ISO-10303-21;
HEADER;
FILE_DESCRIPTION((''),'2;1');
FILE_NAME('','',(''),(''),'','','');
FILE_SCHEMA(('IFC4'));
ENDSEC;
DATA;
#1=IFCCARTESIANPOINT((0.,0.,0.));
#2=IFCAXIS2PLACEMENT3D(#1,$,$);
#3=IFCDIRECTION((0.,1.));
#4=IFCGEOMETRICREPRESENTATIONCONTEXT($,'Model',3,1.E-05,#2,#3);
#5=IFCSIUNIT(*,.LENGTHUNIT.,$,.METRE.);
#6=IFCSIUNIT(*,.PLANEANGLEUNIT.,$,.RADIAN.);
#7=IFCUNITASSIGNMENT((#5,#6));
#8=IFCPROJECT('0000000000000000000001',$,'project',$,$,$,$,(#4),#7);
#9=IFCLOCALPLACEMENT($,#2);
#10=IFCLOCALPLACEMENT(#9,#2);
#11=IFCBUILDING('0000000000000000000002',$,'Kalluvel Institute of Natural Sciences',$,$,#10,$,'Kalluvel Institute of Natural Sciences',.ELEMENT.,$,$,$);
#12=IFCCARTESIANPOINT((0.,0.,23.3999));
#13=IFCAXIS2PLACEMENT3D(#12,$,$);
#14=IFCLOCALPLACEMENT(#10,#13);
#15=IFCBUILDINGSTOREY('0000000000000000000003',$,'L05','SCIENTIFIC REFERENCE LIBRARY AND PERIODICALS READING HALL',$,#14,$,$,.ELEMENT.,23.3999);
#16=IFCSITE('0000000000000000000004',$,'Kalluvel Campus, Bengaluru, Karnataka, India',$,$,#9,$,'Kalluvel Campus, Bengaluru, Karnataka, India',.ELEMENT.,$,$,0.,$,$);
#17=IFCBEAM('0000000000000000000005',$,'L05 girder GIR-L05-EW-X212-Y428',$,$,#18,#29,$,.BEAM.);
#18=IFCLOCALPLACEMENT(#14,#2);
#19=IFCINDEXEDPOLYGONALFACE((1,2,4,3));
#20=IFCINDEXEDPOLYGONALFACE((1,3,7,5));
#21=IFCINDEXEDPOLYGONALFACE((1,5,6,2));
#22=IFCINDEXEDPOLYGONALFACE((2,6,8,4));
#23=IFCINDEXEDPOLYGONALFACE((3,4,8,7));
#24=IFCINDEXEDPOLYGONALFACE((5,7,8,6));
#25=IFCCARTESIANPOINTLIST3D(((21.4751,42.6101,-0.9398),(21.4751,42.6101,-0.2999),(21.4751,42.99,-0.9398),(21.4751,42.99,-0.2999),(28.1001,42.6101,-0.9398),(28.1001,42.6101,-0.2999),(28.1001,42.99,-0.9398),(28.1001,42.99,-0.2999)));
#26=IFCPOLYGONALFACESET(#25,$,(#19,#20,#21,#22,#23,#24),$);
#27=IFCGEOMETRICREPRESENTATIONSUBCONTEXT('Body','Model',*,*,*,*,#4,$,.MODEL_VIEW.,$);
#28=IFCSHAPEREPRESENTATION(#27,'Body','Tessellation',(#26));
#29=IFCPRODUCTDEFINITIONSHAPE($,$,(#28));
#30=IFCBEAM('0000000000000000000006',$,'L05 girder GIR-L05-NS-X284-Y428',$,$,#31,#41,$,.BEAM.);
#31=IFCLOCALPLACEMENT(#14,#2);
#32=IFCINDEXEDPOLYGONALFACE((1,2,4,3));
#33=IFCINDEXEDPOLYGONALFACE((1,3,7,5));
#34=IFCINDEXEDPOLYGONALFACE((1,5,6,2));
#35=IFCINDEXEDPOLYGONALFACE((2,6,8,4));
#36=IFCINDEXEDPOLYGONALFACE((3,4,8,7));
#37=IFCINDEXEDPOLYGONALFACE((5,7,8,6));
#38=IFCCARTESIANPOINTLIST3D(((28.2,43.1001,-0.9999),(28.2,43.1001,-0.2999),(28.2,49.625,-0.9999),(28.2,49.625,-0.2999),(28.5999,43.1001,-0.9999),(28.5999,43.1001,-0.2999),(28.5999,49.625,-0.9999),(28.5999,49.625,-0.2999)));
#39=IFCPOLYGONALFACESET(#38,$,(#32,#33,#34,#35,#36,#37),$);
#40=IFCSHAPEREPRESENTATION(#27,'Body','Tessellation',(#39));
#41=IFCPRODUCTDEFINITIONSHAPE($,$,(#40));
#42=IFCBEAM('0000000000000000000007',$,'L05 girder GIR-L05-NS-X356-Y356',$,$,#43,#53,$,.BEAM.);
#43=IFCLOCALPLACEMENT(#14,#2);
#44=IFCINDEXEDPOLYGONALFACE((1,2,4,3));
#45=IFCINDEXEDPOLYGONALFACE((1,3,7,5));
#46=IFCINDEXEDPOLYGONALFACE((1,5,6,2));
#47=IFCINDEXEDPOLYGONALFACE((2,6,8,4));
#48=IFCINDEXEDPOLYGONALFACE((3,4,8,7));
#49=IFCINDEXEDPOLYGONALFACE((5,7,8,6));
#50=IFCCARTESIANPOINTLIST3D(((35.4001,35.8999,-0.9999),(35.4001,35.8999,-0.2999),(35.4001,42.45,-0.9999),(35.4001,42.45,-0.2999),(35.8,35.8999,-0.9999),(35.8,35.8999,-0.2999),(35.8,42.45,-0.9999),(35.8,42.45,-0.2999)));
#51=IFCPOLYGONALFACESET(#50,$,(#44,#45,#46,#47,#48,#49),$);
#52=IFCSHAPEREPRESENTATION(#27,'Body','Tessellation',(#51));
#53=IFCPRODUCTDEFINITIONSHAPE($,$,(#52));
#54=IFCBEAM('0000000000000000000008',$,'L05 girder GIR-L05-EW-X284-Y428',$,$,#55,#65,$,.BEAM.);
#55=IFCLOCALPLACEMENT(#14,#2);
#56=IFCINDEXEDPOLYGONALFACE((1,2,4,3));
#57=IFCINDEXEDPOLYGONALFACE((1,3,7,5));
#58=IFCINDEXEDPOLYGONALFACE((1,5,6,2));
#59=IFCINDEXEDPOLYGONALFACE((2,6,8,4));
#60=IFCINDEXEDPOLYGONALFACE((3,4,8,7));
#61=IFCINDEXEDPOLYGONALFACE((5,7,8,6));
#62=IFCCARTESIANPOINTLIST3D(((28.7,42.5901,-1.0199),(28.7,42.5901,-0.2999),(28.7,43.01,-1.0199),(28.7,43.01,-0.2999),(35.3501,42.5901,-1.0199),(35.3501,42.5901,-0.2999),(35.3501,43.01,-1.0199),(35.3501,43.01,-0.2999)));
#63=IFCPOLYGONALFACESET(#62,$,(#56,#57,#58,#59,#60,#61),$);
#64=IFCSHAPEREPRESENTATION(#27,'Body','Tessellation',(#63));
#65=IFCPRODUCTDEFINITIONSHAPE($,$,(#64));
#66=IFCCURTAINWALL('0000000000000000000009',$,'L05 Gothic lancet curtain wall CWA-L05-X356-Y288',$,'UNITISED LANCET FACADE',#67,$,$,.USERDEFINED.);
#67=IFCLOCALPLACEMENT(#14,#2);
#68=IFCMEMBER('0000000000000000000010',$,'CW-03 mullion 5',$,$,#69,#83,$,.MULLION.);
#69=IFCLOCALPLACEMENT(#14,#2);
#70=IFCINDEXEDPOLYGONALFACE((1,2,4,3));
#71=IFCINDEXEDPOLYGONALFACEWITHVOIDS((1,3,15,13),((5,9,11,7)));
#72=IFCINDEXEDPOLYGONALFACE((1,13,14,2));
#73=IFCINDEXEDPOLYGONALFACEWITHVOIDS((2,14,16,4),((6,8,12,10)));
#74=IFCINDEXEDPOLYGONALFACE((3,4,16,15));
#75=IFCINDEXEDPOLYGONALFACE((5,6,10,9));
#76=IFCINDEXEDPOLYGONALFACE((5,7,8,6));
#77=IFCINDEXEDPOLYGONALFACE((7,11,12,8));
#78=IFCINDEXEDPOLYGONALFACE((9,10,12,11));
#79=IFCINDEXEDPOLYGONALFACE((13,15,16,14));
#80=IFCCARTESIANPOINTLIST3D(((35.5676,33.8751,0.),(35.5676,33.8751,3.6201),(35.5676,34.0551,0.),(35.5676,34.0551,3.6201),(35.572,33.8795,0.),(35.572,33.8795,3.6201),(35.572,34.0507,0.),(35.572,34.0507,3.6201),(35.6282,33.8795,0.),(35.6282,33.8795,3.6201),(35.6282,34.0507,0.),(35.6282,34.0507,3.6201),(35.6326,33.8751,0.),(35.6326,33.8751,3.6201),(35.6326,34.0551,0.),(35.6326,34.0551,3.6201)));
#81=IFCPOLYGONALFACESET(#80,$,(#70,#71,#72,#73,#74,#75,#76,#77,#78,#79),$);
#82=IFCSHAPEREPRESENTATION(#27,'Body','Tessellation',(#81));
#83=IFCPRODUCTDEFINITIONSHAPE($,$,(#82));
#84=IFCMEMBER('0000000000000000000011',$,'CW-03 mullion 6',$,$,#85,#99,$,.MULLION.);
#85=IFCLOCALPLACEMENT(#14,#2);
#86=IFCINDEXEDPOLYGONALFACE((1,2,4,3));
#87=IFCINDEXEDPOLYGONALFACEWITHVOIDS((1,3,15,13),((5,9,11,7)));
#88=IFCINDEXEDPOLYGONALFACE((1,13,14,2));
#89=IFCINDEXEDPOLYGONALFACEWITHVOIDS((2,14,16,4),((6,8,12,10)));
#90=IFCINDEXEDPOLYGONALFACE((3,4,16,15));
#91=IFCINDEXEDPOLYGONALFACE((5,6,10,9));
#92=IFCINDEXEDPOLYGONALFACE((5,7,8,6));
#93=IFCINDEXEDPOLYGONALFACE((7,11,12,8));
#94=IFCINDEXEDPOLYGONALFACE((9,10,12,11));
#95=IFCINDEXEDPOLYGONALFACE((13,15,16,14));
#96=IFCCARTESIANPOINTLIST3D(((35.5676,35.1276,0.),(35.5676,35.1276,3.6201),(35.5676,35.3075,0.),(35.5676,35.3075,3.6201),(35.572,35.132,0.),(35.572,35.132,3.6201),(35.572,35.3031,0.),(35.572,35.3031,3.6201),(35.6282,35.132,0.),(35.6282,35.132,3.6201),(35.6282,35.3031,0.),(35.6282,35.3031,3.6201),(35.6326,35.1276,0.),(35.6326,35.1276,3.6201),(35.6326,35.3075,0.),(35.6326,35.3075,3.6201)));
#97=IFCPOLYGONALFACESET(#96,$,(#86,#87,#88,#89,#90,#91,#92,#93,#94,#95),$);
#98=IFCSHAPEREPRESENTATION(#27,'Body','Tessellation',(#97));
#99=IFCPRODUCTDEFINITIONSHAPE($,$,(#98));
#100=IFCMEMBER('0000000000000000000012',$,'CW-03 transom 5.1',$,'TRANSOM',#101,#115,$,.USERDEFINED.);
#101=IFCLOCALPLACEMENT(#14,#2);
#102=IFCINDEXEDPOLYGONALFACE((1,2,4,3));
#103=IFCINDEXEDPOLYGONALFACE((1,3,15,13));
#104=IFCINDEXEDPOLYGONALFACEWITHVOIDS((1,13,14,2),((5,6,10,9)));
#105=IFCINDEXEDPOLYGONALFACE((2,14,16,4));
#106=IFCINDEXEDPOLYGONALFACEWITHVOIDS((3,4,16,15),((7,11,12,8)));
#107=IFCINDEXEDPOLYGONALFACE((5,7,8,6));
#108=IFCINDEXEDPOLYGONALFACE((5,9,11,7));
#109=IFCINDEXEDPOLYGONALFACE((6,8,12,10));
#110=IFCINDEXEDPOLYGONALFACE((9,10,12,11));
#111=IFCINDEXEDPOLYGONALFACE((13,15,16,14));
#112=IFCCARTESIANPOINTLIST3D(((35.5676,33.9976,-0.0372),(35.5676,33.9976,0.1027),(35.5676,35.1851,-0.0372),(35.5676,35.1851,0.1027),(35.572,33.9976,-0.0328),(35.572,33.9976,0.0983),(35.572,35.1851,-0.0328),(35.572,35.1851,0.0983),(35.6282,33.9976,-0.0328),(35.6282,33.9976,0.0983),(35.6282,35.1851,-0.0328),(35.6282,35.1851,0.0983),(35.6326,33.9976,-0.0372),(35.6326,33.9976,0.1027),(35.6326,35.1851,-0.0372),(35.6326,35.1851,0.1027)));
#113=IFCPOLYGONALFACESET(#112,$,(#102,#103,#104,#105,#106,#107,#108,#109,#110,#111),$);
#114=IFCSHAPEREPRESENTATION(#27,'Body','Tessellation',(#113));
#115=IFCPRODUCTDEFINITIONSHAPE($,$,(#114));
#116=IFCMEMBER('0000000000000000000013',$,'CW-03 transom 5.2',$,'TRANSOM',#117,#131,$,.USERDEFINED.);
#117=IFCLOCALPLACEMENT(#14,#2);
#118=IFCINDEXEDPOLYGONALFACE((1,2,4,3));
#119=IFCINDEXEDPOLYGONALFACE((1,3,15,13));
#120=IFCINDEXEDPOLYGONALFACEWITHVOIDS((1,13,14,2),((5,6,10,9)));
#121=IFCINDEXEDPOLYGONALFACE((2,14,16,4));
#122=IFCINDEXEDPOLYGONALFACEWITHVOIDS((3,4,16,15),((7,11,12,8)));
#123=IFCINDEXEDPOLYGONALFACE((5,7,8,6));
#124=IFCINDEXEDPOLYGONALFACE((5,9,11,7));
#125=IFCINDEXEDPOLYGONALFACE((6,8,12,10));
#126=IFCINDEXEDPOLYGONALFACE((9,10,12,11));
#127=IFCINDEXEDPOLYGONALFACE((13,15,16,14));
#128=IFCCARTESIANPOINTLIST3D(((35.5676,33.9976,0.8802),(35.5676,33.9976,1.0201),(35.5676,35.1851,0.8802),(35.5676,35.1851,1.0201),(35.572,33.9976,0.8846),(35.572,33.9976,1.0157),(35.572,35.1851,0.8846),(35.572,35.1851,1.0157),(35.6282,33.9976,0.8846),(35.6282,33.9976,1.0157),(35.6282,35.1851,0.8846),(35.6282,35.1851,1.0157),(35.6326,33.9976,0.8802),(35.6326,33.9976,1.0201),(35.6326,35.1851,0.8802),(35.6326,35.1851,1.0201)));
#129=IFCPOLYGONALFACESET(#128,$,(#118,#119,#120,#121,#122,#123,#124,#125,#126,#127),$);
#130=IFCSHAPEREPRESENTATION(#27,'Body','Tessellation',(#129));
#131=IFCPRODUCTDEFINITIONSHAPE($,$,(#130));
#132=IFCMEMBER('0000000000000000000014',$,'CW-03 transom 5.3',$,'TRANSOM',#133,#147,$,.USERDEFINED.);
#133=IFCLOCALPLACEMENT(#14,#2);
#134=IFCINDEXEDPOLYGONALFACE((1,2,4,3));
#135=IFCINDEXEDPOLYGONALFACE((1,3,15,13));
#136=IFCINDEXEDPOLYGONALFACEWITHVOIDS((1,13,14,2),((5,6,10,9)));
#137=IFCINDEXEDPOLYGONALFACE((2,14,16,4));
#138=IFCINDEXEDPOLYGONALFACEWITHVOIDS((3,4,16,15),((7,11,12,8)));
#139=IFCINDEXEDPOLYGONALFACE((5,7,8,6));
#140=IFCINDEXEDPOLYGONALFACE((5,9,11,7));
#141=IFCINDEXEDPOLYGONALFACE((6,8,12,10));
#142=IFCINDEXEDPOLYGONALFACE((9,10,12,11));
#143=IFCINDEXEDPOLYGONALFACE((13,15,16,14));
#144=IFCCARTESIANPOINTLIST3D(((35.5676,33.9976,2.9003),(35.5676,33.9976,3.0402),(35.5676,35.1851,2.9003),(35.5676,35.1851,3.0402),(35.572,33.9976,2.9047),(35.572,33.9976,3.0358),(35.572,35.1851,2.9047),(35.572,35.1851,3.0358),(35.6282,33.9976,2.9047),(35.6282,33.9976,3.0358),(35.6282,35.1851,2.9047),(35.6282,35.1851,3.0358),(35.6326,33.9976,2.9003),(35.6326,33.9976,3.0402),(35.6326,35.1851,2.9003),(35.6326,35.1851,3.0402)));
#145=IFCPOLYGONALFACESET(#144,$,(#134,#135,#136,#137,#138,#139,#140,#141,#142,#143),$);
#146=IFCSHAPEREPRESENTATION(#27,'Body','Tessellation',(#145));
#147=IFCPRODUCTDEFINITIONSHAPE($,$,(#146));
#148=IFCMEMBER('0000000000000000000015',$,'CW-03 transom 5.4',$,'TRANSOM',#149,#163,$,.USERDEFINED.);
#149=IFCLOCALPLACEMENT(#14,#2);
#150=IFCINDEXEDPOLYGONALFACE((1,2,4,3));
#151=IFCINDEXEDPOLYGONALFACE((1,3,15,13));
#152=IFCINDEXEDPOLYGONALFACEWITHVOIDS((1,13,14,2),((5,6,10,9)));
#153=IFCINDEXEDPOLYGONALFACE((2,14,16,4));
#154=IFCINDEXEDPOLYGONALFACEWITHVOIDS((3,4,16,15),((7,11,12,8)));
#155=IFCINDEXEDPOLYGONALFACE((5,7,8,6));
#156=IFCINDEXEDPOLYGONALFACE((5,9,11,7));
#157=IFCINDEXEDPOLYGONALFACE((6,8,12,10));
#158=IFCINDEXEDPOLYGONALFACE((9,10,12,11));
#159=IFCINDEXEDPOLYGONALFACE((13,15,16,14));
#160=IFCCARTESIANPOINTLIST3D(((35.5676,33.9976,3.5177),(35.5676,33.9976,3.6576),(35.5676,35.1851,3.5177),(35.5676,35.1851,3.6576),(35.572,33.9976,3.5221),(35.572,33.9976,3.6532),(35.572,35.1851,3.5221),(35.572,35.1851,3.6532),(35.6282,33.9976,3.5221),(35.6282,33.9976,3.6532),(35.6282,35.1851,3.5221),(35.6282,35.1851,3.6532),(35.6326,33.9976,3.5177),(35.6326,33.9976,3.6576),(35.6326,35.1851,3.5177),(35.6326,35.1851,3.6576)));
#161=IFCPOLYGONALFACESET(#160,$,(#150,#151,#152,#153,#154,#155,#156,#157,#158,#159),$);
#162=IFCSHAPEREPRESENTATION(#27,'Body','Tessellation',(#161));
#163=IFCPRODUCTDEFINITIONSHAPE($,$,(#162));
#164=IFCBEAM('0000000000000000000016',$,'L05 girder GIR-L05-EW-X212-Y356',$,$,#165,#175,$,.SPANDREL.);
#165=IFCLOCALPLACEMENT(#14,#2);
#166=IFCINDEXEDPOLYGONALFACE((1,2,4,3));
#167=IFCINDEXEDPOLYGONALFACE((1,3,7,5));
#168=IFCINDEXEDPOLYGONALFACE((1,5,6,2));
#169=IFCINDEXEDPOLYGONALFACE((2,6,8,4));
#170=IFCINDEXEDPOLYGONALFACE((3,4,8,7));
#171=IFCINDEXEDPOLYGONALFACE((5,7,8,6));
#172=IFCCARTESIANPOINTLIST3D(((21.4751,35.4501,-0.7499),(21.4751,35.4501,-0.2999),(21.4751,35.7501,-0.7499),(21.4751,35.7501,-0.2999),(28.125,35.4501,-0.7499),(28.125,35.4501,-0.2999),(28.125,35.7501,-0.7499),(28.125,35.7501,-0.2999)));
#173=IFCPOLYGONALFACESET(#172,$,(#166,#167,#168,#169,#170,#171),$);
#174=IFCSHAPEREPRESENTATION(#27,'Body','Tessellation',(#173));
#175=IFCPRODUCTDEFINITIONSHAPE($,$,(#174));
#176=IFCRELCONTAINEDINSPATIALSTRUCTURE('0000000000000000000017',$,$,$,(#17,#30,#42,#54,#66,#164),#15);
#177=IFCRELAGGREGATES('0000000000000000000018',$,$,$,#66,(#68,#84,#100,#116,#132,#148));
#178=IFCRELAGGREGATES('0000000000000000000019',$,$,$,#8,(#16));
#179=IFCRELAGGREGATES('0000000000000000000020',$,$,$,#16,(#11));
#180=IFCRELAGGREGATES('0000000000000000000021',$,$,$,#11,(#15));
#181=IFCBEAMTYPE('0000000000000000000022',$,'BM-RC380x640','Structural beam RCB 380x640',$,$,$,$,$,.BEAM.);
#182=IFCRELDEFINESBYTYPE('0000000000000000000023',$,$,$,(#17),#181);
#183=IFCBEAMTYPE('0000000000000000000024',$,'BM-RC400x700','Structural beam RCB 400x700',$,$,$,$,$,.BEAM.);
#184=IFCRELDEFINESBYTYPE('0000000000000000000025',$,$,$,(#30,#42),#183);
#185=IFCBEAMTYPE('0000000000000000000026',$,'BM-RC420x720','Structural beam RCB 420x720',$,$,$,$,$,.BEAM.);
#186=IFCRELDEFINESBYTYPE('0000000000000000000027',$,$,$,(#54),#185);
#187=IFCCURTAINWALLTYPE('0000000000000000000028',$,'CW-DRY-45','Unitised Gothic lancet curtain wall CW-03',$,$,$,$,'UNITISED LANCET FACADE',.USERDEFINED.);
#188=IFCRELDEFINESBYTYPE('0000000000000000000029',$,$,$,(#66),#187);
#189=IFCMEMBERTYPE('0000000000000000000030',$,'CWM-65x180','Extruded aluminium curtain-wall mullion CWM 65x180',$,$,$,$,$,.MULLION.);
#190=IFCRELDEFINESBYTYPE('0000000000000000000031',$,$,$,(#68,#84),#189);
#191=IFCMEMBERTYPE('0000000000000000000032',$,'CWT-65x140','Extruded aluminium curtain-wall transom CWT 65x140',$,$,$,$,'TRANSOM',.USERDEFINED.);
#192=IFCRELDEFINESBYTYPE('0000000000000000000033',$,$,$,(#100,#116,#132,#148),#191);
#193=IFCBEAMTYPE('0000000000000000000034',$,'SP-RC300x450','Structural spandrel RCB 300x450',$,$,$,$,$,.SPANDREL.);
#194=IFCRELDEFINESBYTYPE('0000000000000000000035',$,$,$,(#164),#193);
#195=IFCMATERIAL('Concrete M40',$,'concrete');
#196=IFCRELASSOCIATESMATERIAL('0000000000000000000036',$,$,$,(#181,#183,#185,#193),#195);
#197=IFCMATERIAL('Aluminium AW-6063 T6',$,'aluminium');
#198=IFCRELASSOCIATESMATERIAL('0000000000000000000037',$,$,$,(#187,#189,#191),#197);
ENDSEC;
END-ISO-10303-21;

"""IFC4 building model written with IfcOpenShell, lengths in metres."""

from ifc_helpers import new_model, si_unit, direction, frame, origin, origin_2d, place, context, subcontext, project, spatial, rectangle, hollow_rectangle, extrude, material, material_profile, profile_set, type_object, element, aggregate, save


model = new_model("IFC4")

# Units and contexts
model_context = context("Model", 3, precision=1e-05, world=origin(), true_north=direction((0.0, 1.0)))
body_context = subcontext(model_context, "Body", "Model", "MODEL_VIEW")
ifc_project = project(units=[si_unit("LENGTHUNIT", "METRE"), si_unit("PLANEANGLEUNIT", "RADIAN")], contexts=[model_context])

# Site, building, storey
site_placement = place(None, origin())
site = spatial("IfcSite", under=ifc_project, at=site_placement, Name="Kalluvel Campus, Bengaluru, Karnataka, India", LongName="Kalluvel Campus, Bengaluru, Karnataka, India", CompositionType="ELEMENT", RefElevation=0.0)
building_placement = place(site_placement, origin())
building = spatial("IfcBuilding", under=site, at=building_placement, Name="Kalluvel Institute of Natural Sciences", LongName="Kalluvel Institute of Natural Sciences", CompositionType="ELEMENT")
storey_placement = place(building_placement, frame((0.0, 0.0, 23.3999)))
storey = spatial("IfcBuildingStorey", under=building, at=storey_placement, Name="L05", Description="SCIENTIFIC REFERENCE LIBRARY AND PERIODICALS READING HALL", CompositionType="ELEMENT", Elevation=23.3999)

# Shared definitions
ifc_material_1 = material(Name="Concrete M40", Category="concrete")

# Beams
ifc_material_profile_1 = material_profile(ifc_material_1, rectangle(XDim=0.3799, YDim=0.6399, at=origin_2d()), Name="RCB 380x640")
ifc_profile_set_1 = profile_set([ifc_material_profile_1], Name="Concrete M40")
beam_type_1 = type_object("IfcBeamType", Name="BM-RC380x640", Description="Structural beam RCB 380x640", PredefinedType="BEAM", material=ifc_profile_set_1)
beam_1_placement = place(storey_placement, frame((21.4751, 42.8, -0.6199), z_axis=(1.0, 0.0, 0.0), x_axis=(0.0, 1.0, 0.0)))
element("IfcBeam", 1, at=beam_1_placement, inside=storey, type_object=beam_type_1, Name="L05 girder GIR-L05-EW-X212-Y428", PredefinedType="BEAM", context=body_context, shape_type="SweptSolid", body=[
    extrude(rectangle(XDim=0.3799, YDim=0.6399, at=origin_2d()), origin(), (0.0, 0.0, 1.0), 6.625),
])
ifc_material_profile_2 = material_profile(ifc_material_1, rectangle(XDim=0.3999, YDim=0.7, at=origin_2d()), Name="RCB 400x700")
ifc_profile_set_2 = profile_set([ifc_material_profile_2], Name="Concrete M40")
beam_type_2 = type_object("IfcBeamType", Name="BM-RC400x700", Description="Structural beam RCB 400x700", PredefinedType="BEAM", material=ifc_profile_set_2)
beam_2_placement = place(storey_placement, frame((28.3999, 43.1001, -0.6499), z_axis=(0.0, 1.0, 0.0), x_axis=(-1.0, 0.0, 0.0)))
element("IfcBeam", 2, at=beam_2_placement, inside=storey, type_object=beam_type_2, Name="L05 girder GIR-L05-NS-X284-Y428", PredefinedType="BEAM", context=body_context, shape_type="SweptSolid", body=[
    extrude(rectangle(XDim=0.3999, YDim=0.7, at=origin_2d()), origin(), (0.0, 0.0, 1.0), 6.5249),
])
beam_3_placement = place(storey_placement, frame((35.6001, 35.8999, -0.6499), z_axis=(0.0, 1.0, 0.0), x_axis=(-1.0, 0.0, 0.0)))
element("IfcBeam", 3, at=beam_3_placement, inside=storey, type_object=beam_type_2, Name="L05 girder GIR-L05-NS-X356-Y356", PredefinedType="BEAM", context=body_context, shape_type="SweptSolid", body=[
    extrude(rectangle(XDim=0.3999, YDim=0.7, at=origin_2d()), origin(), (0.0, 0.0, 1.0), 6.55),
])
ifc_material_profile_3 = material_profile(ifc_material_1, rectangle(XDim=0.4199, YDim=0.72, at=origin_2d()), Name="RCB 420x720")
ifc_profile_set_3 = profile_set([ifc_material_profile_3], Name="Concrete M40")
beam_type_3 = type_object("IfcBeamType", Name="BM-RC420x720", Description="Structural beam RCB 420x720", PredefinedType="BEAM", material=ifc_profile_set_3)
beam_4_placement = place(storey_placement, frame((28.7, 42.8, -0.6599), z_axis=(1.0, 0.0, 0.0), x_axis=(0.0, 1.0, 0.0)))
element("IfcBeam", 4, at=beam_4_placement, inside=storey, type_object=beam_type_3, Name="L05 girder GIR-L05-EW-X284-Y428", PredefinedType="BEAM", context=body_context, shape_type="SweptSolid", body=[
    extrude(rectangle(XDim=0.4199, YDim=0.72, at=origin_2d()), origin(), (0.0, 0.0, 1.0), 6.6501),
])

# Curtain wall, members
ifc_material_2 = material(Name="Aluminium AW-6063 T6", Category="aluminium")
curtain_wall_type = type_object("IfcCurtainWallType", Name="CW-DRY-45", Description="Unitised Gothic lancet curtain wall CW-03", ElementType="UNITISED LANCET FACADE", PredefinedType="USERDEFINED", material=ifc_material_2)
curtain_wall_placement = place(storey_placement, origin())
curtain_wall = element("IfcCurtainWall", 5, at=curtain_wall_placement, inside=storey, type_object=curtain_wall_type, Name="L05 Gothic lancet curtain wall CWA-L05-X356-Y288", ObjectType="UNITISED LANCET FACADE", PredefinedType="USERDEFINED")
ifc_material_profile_4 = material_profile(ifc_material_2, hollow_rectangle(XDim=0.0649, YDim=0.1799, WallThickness=0.0044, at=origin_2d()), Name="CWM 65x180")
ifc_profile_set_4 = profile_set([ifc_material_profile_4], Name="Aluminium AW-6063 T6")
member_type_1 = type_object("IfcMemberType", Name="CWM-65x180", Description="Extruded aluminium curtain-wall mullion CWM 65x180", PredefinedType="MULLION", material=ifc_profile_set_4)
member_1_placement = place(storey_placement, frame((35.6001, 33.9651, 0.0), z_axis=(0.0, 0.0, 1.0), x_axis=(-1.0, 0.0, 0.0)))
member_1 = element("IfcMember", 6, at=member_1_placement, type_object=member_type_1, Name="CW-03 mullion 5", PredefinedType="MULLION", context=body_context, shape_type="SweptSolid", body=[
    extrude(hollow_rectangle(XDim=0.0649, YDim=0.1799, WallThickness=0.0044, at=origin_2d()), origin(), (0.0, 0.0, 1.0), 3.6201),
])
member_2_placement = place(storey_placement, frame((35.6001, 35.2175, 0.0), z_axis=(0.0, 0.0, 1.0), x_axis=(-1.0, 0.0, 0.0)))
member_2 = element("IfcMember", 7, at=member_2_placement, type_object=member_type_1, Name="CW-03 mullion 6", PredefinedType="MULLION", context=body_context, shape_type="SweptSolid", body=[
    extrude(hollow_rectangle(XDim=0.0649, YDim=0.1799, WallThickness=0.0044, at=origin_2d()), origin(), (0.0, 0.0, 1.0), 3.6201),
])
ifc_material_profile_5 = material_profile(ifc_material_2, hollow_rectangle(XDim=0.0649, YDim=0.1399, WallThickness=0.0044, at=origin_2d()), Name="CWT 65x140")
ifc_profile_set_5 = profile_set([ifc_material_profile_5], Name="Aluminium AW-6063 T6")
member_type_2 = type_object("IfcMemberType", Name="CWT-65x140", Description="Extruded aluminium curtain-wall transom CWT 65x140", ElementType="TRANSOM", PredefinedType="USERDEFINED", material=ifc_profile_set_5)
member_3_placement = place(storey_placement, frame((35.6001, 33.9976, 0.0327), z_axis=(0.0, 1.0, 0.0), x_axis=(-1.0, 0.0, 0.0)))
member_3 = element("IfcMember", 8, at=member_3_placement, type_object=member_type_2, Name="CW-03 transom 5.1", ObjectType="TRANSOM", PredefinedType="USERDEFINED", context=body_context, shape_type="SweptSolid", body=[
    extrude(hollow_rectangle(XDim=0.0649, YDim=0.1399, WallThickness=0.0044, at=origin_2d()), origin(), (0.0, 0.0, 1.0), 1.1875),
])
member_4_placement = place(storey_placement, frame((35.6001, 33.9976, 0.9502), z_axis=(0.0, 1.0, 0.0), x_axis=(-1.0, 0.0, 0.0)))
member_4 = element("IfcMember", 9, at=member_4_placement, type_object=member_type_2, Name="CW-03 transom 5.2", ObjectType="TRANSOM", PredefinedType="USERDEFINED", context=body_context, shape_type="SweptSolid", body=[
    extrude(hollow_rectangle(XDim=0.0649, YDim=0.1399, WallThickness=0.0044, at=origin_2d()), origin(), (0.0, 0.0, 1.0), 1.1875),
])
member_5_placement = place(storey_placement, frame((35.6001, 33.9976, 2.9702), z_axis=(0.0, 1.0, 0.0), x_axis=(-1.0, 0.0, 0.0)))
member_5 = element("IfcMember", 10, at=member_5_placement, type_object=member_type_2, Name="CW-03 transom 5.3", ObjectType="TRANSOM", PredefinedType="USERDEFINED", context=body_context, shape_type="SweptSolid", body=[
    extrude(hollow_rectangle(XDim=0.0649, YDim=0.1399, WallThickness=0.0044, at=origin_2d()), origin(), (0.0, 0.0, 1.0), 1.1875),
])
member_6_placement = place(storey_placement, frame((35.6001, 33.9976, 3.5876), z_axis=(0.0, 1.0, 0.0), x_axis=(-1.0, 0.0, 0.0)))
member_6 = element("IfcMember", 11, at=member_6_placement, type_object=member_type_2, Name="CW-03 transom 5.4", ObjectType="TRANSOM", PredefinedType="USERDEFINED", context=body_context, shape_type="SweptSolid", body=[
    extrude(hollow_rectangle(XDim=0.0649, YDim=0.1399, WallThickness=0.0044, at=origin_2d()), origin(), (0.0, 0.0, 1.0), 1.1875),
])

# Beam
ifc_material_profile_6 = material_profile(ifc_material_1, rectangle(XDim=0.3, YDim=0.45, at=origin_2d()), Name="RCB 300x450")
ifc_profile_set_6 = profile_set([ifc_material_profile_6], Name="Concrete M40")
beam_type_4 = type_object("IfcBeamType", Name="SP-RC300x450", Description="Structural spandrel RCB 300x450", PredefinedType="SPANDREL", material=ifc_profile_set_6)
beam_5_placement = place(storey_placement, frame((21.4751, 35.6001, -0.5249), z_axis=(1.0, 0.0, 0.0), x_axis=(0.0, 1.0, 0.0)))
element("IfcBeam", 12, at=beam_5_placement, inside=storey, type_object=beam_type_4, Name="L05 girder GIR-L05-EW-X212-Y356", PredefinedType="SPANDREL", context=body_context, shape_type="SweptSolid", body=[
    extrude(rectangle(XDim=0.3, YDim=0.45, at=origin_2d()), origin(), (0.0, 0.0, 1.0), 6.6499),
])

aggregate(curtain_wall, [member_1, member_2, member_3, member_4, member_5, member_6])

save(model, "model.ifc")
